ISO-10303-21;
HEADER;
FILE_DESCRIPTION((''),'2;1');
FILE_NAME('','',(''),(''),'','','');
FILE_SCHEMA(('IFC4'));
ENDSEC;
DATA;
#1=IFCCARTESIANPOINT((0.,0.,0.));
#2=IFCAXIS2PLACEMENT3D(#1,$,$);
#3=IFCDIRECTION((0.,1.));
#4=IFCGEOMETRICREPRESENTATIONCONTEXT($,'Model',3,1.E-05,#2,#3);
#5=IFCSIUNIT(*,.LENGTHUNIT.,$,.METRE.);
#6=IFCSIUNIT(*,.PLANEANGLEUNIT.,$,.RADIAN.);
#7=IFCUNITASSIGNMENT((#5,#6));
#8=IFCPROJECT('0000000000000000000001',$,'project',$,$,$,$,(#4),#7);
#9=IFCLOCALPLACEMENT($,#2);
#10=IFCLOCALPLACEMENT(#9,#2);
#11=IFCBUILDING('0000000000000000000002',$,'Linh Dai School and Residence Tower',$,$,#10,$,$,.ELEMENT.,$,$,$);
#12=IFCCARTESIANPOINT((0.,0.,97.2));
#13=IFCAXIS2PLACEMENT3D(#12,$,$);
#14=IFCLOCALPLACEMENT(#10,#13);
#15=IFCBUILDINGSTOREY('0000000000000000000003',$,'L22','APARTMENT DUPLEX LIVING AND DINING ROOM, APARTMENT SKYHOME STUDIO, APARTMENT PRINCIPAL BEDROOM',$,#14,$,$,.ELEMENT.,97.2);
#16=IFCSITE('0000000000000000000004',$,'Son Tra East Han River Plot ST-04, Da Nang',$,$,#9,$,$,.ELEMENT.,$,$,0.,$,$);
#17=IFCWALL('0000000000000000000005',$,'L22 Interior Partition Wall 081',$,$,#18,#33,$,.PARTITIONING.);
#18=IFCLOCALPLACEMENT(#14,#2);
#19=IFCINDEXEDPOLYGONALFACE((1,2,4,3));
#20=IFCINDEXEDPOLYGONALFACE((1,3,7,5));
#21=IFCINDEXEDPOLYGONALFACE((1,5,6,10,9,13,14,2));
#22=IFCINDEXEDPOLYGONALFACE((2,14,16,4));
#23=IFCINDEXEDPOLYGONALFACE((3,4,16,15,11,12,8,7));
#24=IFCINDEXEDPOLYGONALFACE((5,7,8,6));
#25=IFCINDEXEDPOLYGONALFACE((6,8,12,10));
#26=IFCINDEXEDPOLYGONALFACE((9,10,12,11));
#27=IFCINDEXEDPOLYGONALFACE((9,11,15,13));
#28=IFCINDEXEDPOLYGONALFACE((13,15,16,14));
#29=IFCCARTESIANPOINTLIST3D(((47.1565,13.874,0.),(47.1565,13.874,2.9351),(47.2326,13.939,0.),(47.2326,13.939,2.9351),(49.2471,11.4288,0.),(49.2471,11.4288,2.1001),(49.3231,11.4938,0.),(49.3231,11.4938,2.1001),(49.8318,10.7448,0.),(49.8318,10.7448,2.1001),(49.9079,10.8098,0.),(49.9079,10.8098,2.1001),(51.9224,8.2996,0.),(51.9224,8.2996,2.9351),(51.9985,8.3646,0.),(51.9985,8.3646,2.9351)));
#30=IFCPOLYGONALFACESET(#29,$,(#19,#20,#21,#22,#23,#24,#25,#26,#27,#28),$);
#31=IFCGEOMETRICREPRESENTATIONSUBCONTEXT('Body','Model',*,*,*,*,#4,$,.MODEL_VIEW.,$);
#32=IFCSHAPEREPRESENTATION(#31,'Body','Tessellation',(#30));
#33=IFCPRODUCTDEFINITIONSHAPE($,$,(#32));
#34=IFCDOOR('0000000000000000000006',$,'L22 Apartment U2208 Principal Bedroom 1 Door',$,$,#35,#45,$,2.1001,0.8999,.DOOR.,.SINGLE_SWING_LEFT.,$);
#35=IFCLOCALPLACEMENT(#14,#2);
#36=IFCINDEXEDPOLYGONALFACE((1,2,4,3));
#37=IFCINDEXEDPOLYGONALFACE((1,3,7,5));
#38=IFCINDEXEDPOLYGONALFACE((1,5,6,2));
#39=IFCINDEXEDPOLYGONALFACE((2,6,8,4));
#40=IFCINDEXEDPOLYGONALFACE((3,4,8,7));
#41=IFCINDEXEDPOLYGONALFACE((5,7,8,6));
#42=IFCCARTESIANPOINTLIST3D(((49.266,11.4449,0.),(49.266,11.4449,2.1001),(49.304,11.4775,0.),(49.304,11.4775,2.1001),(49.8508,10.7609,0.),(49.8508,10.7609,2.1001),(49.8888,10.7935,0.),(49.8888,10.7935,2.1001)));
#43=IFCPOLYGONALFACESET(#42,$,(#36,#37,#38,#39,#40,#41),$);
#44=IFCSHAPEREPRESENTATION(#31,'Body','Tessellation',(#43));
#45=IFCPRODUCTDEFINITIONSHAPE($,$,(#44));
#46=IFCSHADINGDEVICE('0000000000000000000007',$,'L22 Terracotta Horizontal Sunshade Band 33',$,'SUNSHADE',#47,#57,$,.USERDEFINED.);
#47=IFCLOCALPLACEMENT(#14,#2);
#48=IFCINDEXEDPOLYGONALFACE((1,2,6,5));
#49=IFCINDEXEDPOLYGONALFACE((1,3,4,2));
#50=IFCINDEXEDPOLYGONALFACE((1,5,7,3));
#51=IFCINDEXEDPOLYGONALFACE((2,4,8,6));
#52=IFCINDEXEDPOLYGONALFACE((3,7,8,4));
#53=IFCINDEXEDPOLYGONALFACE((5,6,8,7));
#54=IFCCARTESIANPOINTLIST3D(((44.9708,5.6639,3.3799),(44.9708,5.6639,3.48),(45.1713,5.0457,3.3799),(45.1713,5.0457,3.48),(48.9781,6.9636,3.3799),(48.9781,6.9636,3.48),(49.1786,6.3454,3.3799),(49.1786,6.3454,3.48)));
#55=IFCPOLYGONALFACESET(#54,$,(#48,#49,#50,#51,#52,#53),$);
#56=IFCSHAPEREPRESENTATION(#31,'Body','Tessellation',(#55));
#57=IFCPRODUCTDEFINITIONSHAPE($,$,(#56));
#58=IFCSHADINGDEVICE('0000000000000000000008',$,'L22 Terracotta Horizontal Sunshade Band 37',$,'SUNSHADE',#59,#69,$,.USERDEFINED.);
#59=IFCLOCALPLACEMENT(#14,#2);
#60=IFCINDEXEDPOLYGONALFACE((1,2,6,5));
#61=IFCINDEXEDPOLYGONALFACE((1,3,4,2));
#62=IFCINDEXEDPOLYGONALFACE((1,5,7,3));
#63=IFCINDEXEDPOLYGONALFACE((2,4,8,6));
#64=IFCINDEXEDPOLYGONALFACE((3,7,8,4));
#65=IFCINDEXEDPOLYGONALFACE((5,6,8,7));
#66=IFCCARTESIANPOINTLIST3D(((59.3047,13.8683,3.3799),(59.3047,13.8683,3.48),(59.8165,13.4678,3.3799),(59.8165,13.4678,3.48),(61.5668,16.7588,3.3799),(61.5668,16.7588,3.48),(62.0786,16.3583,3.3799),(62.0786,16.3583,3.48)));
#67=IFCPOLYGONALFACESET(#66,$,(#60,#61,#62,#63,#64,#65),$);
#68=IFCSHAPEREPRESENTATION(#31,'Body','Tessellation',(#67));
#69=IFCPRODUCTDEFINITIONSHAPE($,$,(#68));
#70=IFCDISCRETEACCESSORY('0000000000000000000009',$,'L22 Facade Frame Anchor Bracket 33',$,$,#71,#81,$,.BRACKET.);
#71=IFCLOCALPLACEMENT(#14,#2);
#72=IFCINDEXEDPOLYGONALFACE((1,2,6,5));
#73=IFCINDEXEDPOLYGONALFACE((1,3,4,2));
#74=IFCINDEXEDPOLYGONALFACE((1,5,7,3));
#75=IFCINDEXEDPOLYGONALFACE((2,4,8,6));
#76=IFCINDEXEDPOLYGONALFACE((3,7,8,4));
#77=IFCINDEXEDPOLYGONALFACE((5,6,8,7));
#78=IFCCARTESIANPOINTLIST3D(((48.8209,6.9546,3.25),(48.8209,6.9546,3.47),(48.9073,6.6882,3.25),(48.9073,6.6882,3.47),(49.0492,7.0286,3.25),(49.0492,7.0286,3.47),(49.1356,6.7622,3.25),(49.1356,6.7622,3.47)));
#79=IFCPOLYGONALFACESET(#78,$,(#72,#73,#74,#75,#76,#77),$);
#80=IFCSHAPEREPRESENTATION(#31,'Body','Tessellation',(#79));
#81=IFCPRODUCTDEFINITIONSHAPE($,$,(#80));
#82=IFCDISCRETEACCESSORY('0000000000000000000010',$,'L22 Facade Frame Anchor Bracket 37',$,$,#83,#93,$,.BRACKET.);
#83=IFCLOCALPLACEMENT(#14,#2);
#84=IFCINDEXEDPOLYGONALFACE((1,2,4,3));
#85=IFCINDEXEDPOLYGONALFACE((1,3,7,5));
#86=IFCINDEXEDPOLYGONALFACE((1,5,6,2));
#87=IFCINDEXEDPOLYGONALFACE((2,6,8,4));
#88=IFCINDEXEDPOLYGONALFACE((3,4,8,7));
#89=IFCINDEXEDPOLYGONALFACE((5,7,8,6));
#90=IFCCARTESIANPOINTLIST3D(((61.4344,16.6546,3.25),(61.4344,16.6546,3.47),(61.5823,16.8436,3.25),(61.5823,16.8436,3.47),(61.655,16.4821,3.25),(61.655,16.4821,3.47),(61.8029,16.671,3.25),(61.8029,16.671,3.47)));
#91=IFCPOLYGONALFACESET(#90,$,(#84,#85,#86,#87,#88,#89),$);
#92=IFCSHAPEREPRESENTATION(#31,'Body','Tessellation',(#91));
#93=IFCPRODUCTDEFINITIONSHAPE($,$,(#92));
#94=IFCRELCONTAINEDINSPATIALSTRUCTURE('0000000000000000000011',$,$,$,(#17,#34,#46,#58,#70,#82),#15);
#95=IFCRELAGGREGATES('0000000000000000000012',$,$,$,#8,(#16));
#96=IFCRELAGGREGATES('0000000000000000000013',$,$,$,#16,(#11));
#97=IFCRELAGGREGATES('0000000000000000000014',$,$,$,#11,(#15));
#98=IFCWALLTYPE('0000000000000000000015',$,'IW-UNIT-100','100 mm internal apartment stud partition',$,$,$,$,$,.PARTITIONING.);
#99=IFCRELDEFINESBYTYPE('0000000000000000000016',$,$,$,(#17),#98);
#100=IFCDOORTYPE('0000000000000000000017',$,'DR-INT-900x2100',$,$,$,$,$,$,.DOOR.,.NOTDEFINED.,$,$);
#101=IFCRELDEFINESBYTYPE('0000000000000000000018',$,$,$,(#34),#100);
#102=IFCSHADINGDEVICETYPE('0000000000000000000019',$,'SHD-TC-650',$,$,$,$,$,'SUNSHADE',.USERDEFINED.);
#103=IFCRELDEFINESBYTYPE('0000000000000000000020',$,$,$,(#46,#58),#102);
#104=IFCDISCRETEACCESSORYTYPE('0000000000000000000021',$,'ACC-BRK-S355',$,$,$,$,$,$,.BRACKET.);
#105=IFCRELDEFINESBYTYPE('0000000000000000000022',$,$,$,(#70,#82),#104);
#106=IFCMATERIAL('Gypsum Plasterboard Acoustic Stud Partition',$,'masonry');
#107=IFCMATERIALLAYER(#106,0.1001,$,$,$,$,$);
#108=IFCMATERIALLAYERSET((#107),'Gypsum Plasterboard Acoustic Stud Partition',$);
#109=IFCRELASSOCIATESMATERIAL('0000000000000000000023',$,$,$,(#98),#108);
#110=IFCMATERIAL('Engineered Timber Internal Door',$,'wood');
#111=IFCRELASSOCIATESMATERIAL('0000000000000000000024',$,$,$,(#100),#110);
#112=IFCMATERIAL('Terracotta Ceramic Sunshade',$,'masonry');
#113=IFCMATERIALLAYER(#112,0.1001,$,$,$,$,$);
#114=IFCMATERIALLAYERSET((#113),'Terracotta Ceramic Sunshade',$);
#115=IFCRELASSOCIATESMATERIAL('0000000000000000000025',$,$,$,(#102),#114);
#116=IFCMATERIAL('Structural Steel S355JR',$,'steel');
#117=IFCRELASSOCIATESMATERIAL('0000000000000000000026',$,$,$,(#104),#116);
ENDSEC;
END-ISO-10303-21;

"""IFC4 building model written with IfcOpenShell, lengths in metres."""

from ifc_helpers import new_model, si_unit, direction, frame, frame_2d, origin, origin_2d, place, context, subcontext, project, spatial, rectangle, extrude, source, transform, mapped, material, layer, layer_set, type_object, element, fill, save


model = new_model("IFC4")

# Units and contexts
model_context = context("Model", 3, precision=1e-05, world=origin(), true_north=direction((0.0, 1.0)))
body_context = subcontext(model_context, "Body", "Model", "MODEL_VIEW")
ifc_project = project(units=[si_unit("LENGTHUNIT", "METRE"), si_unit("PLANEANGLEUNIT", "RADIAN")], contexts=[model_context])

# Site, building, storey
site_placement = place(None, origin())
site = spatial("IfcSite", under=ifc_project, at=site_placement, Name="Son Tra East Han River Plot ST-04, Da Nang", CompositionType="ELEMENT", RefElevation=0.0)
building_placement = place(site_placement, origin())
building = spatial("IfcBuilding", under=site, at=building_placement, Name="Linh Dai School and Residence Tower", CompositionType="ELEMENT")
storey_placement = place(building_placement, frame((0.0, 0.0, 97.2)))
storey = spatial("IfcBuildingStorey", under=building, at=storey_placement, Name="L22", Description="APARTMENT DUPLEX LIVING AND DINING ROOM, APARTMENT SKYHOME STUDIO, APARTMENT PRINCIPAL BEDROOM", CompositionType="ELEMENT", Elevation=97.2)

# Shared definitions
ifc_material_1 = material(Name="Structural Steel S355JR", Category="steel")

# Wall, opening, door
ifc_material_2 = material(Name="Gypsum Plasterboard Acoustic Stud Partition", Category="masonry")
ifc_layer_1 = layer(ifc_material_2, 0.1001)
ifc_layer_set_1 = layer_set([ifc_layer_1], Name="Gypsum Plasterboard Acoustic Stud Partition")
wall_type_1 = type_object("IfcWallType", Name="IW-UNIT-100", Description="100 mm internal apartment stud partition", PredefinedType="PARTITIONING", material=ifc_layer_set_1)
wall_1_placement = place(storey_placement, frame((47.1946, 13.9065, 0.0), z_axis=(0.0, 0.0, 1.0), x_axis=(0.649829, -0.760081, 0.0)))
wall_1 = element("IfcWall", 1, at=wall_1_placement, inside=storey, type_object=wall_type_1, Name="L22 Interior Partition Wall 081", PredefinedType="PARTITIONING", context=body_context, shape_type="SweptSolid", body=[
    extrude(rectangle(XDim=7.334, YDim=0.1001, at=frame_2d((3.667, 0.0))), origin(), (0.0, 0.0, 1.0), 2.9351),
])
opening_1_placement = place(wall_1_placement, frame((3.217, 0.0, 0.0)))
opening_1 = element("IfcOpeningElement", 2, at=opening_1_placement, cuts=wall_1, PredefinedType="OPENING", context=body_context, shape_type="SweptSolid", body=[
    extrude(rectangle(XDim=0.8999, YDim=2.1001, at=origin_2d()), frame((0.45, 0.0601, 1.05), z_axis=(0.0, -1.0, 0.0), x_axis=(1.0, 0.0, 0.0)), (0.0, 0.0, 1.0), 0.1201),
])
ifc_material_3 = material(Name="Engineered Timber Internal Door", Category="wood")
door_type_1 = type_object("IfcDoorType", Name="DR-INT-900x2100", OperationType="NOTDEFINED", PredefinedType="DOOR", material=ifc_material_3)
shared_shape_1 = source(origin(), body_context, "Body", "SweptSolid", [
    extrude(rectangle(XDim=0.8999, YDim=2.1001, at=origin_2d()), frame((0.45, 0.0249, 1.05), z_axis=(0.0, -1.0, 0.0), x_axis=(1.0, 0.0, 0.0)), (0.0, 0.0, 1.0), 0.05),
])
door_1_placement = place(opening_1_placement, origin())
door_1 = element("IfcDoor", 3, at=door_1_placement, inside=storey, type_object=door_type_1, Name="L22 Apartment U2208 Principal Bedroom 1 Door", OperationType="SINGLE_SWING_LEFT", OverallHeight=2.1001, OverallWidth=0.8999, PredefinedType="DOOR", context=body_context, shape_type="MappedRepresentation", body=[
    mapped(shared_shape_1, transform((0.0, 0.0, 0.0), x_axis=(1.0, 0.0, 0.0), y_axis=(0.0, 1.0, 0.0), z_axis=(0.0, 0.0, 1.0), scale=1.0)),
])
fill(opening_1, door_1)

# Shading devices
ifc_material_4 = material(Name="Terracotta Ceramic Sunshade", Category="masonry")
ifc_layer_2 = layer(ifc_material_4, 0.1001)
ifc_layer_set_2 = layer_set([ifc_layer_2], Name="Terracotta Ceramic Sunshade")
shading_device_type = type_object("IfcShadingDeviceType", Name="SHD-TC-650", ElementType="SUNSHADE", PredefinedType="USERDEFINED", material=ifc_layer_set_2)
shared_shape_2 = source(origin(), body_context, "Body", "SweptSolid", [
    extrude(rectangle(XDim=4.2129, YDim=0.6499, at=origin_2d()), origin(), (0.0, 0.0, 1.0), 0.1001),
])
shading_device_1_placement = place(storey_placement, frame((47.0747, 6.0046, 3.3799), z_axis=(0.0, 0.0, 1.0), x_axis=(-0.951217, -0.308522, 0.0)))
element("IfcShadingDevice", 4, at=shading_device_1_placement, inside=storey, type_object=shading_device_type, Name="L22 Terracotta Horizontal Sunshade Band 33", ObjectType="SUNSHADE", PredefinedType="USERDEFINED", context=body_context, shape_type="MappedRepresentation", body=[
    mapped(shared_shape_2, transform((0.0, 0.0, 0.0), x_axis=(1.0, 0.0, 0.0), y_axis=(0.0, 1.0, 0.0), z_axis=(0.0, 0.0, 1.0), scale=1.0)),
])
shared_shape_3 = source(origin(), body_context, "Body", "SweptSolid", [
    extrude(rectangle(XDim=3.6704, YDim=0.6499, at=origin_2d()), origin(), (0.0, 0.0, 1.0), 0.1001),
])
shading_device_2_placement = place(storey_placement, frame((60.6917, 15.1133, 3.3799), z_axis=(0.0, 0.0, 1.0), x_axis=(-0.616305, -0.787508, 0.0)))
element("IfcShadingDevice", 5, at=shading_device_2_placement, inside=storey, type_object=shading_device_type, Name="L22 Terracotta Horizontal Sunshade Band 37", ObjectType="SUNSHADE", PredefinedType="USERDEFINED", context=body_context, shape_type="MappedRepresentation", body=[
    mapped(shared_shape_3, transform((0.0, 0.0, 0.0), x_axis=(1.0, 0.0, 0.0), y_axis=(0.0, 1.0, 0.0), z_axis=(0.0, 0.0, 1.0), scale=1.0)),
])

# Discrete accessories
discrete_accessory_type = type_object("IfcDiscreteAccessoryType", Name="ACC-BRK-S355", PredefinedType="BRACKET", material=ifc_material_1)
shared_shape_4 = source(origin(), body_context, "Body", "SweptSolid", [
    extrude(rectangle(XDim=0.28, YDim=0.24, at=origin_2d()), origin(), (0.0, 0.0, 1.0), 0.22),
])
for number, where, z_axis, x_axis, name in (
    (6, (48.9783, 6.8584, 3.25), (0.0, 0.0, 1.0), (0.308522, -0.951217, 0.0), "L22 Facade Frame Anchor Bracket 33"),
    (7, (61.6187, 16.6628, 3.25), (0.0, 0.0, 1.0), (0.787508, -0.616305, 0.0), "L22 Facade Frame Anchor Bracket 37"),
):
    element("IfcDiscreteAccessory", number, at=place(storey_placement, frame(where, z_axis=z_axis, x_axis=x_axis)), inside=storey, type_object=discrete_accessory_type, Name=name, PredefinedType="BRACKET", context=body_context, shape_type="MappedRepresentation", body=[
        mapped(shared_shape_4, transform((0.0, 0.0, 0.0), x_axis=(1.0, 0.0, 0.0), y_axis=(0.0, 1.0, 0.0), z_axis=(0.0, 0.0, 1.0), scale=1.0)),
    ])

save(model, "model.ifc")
